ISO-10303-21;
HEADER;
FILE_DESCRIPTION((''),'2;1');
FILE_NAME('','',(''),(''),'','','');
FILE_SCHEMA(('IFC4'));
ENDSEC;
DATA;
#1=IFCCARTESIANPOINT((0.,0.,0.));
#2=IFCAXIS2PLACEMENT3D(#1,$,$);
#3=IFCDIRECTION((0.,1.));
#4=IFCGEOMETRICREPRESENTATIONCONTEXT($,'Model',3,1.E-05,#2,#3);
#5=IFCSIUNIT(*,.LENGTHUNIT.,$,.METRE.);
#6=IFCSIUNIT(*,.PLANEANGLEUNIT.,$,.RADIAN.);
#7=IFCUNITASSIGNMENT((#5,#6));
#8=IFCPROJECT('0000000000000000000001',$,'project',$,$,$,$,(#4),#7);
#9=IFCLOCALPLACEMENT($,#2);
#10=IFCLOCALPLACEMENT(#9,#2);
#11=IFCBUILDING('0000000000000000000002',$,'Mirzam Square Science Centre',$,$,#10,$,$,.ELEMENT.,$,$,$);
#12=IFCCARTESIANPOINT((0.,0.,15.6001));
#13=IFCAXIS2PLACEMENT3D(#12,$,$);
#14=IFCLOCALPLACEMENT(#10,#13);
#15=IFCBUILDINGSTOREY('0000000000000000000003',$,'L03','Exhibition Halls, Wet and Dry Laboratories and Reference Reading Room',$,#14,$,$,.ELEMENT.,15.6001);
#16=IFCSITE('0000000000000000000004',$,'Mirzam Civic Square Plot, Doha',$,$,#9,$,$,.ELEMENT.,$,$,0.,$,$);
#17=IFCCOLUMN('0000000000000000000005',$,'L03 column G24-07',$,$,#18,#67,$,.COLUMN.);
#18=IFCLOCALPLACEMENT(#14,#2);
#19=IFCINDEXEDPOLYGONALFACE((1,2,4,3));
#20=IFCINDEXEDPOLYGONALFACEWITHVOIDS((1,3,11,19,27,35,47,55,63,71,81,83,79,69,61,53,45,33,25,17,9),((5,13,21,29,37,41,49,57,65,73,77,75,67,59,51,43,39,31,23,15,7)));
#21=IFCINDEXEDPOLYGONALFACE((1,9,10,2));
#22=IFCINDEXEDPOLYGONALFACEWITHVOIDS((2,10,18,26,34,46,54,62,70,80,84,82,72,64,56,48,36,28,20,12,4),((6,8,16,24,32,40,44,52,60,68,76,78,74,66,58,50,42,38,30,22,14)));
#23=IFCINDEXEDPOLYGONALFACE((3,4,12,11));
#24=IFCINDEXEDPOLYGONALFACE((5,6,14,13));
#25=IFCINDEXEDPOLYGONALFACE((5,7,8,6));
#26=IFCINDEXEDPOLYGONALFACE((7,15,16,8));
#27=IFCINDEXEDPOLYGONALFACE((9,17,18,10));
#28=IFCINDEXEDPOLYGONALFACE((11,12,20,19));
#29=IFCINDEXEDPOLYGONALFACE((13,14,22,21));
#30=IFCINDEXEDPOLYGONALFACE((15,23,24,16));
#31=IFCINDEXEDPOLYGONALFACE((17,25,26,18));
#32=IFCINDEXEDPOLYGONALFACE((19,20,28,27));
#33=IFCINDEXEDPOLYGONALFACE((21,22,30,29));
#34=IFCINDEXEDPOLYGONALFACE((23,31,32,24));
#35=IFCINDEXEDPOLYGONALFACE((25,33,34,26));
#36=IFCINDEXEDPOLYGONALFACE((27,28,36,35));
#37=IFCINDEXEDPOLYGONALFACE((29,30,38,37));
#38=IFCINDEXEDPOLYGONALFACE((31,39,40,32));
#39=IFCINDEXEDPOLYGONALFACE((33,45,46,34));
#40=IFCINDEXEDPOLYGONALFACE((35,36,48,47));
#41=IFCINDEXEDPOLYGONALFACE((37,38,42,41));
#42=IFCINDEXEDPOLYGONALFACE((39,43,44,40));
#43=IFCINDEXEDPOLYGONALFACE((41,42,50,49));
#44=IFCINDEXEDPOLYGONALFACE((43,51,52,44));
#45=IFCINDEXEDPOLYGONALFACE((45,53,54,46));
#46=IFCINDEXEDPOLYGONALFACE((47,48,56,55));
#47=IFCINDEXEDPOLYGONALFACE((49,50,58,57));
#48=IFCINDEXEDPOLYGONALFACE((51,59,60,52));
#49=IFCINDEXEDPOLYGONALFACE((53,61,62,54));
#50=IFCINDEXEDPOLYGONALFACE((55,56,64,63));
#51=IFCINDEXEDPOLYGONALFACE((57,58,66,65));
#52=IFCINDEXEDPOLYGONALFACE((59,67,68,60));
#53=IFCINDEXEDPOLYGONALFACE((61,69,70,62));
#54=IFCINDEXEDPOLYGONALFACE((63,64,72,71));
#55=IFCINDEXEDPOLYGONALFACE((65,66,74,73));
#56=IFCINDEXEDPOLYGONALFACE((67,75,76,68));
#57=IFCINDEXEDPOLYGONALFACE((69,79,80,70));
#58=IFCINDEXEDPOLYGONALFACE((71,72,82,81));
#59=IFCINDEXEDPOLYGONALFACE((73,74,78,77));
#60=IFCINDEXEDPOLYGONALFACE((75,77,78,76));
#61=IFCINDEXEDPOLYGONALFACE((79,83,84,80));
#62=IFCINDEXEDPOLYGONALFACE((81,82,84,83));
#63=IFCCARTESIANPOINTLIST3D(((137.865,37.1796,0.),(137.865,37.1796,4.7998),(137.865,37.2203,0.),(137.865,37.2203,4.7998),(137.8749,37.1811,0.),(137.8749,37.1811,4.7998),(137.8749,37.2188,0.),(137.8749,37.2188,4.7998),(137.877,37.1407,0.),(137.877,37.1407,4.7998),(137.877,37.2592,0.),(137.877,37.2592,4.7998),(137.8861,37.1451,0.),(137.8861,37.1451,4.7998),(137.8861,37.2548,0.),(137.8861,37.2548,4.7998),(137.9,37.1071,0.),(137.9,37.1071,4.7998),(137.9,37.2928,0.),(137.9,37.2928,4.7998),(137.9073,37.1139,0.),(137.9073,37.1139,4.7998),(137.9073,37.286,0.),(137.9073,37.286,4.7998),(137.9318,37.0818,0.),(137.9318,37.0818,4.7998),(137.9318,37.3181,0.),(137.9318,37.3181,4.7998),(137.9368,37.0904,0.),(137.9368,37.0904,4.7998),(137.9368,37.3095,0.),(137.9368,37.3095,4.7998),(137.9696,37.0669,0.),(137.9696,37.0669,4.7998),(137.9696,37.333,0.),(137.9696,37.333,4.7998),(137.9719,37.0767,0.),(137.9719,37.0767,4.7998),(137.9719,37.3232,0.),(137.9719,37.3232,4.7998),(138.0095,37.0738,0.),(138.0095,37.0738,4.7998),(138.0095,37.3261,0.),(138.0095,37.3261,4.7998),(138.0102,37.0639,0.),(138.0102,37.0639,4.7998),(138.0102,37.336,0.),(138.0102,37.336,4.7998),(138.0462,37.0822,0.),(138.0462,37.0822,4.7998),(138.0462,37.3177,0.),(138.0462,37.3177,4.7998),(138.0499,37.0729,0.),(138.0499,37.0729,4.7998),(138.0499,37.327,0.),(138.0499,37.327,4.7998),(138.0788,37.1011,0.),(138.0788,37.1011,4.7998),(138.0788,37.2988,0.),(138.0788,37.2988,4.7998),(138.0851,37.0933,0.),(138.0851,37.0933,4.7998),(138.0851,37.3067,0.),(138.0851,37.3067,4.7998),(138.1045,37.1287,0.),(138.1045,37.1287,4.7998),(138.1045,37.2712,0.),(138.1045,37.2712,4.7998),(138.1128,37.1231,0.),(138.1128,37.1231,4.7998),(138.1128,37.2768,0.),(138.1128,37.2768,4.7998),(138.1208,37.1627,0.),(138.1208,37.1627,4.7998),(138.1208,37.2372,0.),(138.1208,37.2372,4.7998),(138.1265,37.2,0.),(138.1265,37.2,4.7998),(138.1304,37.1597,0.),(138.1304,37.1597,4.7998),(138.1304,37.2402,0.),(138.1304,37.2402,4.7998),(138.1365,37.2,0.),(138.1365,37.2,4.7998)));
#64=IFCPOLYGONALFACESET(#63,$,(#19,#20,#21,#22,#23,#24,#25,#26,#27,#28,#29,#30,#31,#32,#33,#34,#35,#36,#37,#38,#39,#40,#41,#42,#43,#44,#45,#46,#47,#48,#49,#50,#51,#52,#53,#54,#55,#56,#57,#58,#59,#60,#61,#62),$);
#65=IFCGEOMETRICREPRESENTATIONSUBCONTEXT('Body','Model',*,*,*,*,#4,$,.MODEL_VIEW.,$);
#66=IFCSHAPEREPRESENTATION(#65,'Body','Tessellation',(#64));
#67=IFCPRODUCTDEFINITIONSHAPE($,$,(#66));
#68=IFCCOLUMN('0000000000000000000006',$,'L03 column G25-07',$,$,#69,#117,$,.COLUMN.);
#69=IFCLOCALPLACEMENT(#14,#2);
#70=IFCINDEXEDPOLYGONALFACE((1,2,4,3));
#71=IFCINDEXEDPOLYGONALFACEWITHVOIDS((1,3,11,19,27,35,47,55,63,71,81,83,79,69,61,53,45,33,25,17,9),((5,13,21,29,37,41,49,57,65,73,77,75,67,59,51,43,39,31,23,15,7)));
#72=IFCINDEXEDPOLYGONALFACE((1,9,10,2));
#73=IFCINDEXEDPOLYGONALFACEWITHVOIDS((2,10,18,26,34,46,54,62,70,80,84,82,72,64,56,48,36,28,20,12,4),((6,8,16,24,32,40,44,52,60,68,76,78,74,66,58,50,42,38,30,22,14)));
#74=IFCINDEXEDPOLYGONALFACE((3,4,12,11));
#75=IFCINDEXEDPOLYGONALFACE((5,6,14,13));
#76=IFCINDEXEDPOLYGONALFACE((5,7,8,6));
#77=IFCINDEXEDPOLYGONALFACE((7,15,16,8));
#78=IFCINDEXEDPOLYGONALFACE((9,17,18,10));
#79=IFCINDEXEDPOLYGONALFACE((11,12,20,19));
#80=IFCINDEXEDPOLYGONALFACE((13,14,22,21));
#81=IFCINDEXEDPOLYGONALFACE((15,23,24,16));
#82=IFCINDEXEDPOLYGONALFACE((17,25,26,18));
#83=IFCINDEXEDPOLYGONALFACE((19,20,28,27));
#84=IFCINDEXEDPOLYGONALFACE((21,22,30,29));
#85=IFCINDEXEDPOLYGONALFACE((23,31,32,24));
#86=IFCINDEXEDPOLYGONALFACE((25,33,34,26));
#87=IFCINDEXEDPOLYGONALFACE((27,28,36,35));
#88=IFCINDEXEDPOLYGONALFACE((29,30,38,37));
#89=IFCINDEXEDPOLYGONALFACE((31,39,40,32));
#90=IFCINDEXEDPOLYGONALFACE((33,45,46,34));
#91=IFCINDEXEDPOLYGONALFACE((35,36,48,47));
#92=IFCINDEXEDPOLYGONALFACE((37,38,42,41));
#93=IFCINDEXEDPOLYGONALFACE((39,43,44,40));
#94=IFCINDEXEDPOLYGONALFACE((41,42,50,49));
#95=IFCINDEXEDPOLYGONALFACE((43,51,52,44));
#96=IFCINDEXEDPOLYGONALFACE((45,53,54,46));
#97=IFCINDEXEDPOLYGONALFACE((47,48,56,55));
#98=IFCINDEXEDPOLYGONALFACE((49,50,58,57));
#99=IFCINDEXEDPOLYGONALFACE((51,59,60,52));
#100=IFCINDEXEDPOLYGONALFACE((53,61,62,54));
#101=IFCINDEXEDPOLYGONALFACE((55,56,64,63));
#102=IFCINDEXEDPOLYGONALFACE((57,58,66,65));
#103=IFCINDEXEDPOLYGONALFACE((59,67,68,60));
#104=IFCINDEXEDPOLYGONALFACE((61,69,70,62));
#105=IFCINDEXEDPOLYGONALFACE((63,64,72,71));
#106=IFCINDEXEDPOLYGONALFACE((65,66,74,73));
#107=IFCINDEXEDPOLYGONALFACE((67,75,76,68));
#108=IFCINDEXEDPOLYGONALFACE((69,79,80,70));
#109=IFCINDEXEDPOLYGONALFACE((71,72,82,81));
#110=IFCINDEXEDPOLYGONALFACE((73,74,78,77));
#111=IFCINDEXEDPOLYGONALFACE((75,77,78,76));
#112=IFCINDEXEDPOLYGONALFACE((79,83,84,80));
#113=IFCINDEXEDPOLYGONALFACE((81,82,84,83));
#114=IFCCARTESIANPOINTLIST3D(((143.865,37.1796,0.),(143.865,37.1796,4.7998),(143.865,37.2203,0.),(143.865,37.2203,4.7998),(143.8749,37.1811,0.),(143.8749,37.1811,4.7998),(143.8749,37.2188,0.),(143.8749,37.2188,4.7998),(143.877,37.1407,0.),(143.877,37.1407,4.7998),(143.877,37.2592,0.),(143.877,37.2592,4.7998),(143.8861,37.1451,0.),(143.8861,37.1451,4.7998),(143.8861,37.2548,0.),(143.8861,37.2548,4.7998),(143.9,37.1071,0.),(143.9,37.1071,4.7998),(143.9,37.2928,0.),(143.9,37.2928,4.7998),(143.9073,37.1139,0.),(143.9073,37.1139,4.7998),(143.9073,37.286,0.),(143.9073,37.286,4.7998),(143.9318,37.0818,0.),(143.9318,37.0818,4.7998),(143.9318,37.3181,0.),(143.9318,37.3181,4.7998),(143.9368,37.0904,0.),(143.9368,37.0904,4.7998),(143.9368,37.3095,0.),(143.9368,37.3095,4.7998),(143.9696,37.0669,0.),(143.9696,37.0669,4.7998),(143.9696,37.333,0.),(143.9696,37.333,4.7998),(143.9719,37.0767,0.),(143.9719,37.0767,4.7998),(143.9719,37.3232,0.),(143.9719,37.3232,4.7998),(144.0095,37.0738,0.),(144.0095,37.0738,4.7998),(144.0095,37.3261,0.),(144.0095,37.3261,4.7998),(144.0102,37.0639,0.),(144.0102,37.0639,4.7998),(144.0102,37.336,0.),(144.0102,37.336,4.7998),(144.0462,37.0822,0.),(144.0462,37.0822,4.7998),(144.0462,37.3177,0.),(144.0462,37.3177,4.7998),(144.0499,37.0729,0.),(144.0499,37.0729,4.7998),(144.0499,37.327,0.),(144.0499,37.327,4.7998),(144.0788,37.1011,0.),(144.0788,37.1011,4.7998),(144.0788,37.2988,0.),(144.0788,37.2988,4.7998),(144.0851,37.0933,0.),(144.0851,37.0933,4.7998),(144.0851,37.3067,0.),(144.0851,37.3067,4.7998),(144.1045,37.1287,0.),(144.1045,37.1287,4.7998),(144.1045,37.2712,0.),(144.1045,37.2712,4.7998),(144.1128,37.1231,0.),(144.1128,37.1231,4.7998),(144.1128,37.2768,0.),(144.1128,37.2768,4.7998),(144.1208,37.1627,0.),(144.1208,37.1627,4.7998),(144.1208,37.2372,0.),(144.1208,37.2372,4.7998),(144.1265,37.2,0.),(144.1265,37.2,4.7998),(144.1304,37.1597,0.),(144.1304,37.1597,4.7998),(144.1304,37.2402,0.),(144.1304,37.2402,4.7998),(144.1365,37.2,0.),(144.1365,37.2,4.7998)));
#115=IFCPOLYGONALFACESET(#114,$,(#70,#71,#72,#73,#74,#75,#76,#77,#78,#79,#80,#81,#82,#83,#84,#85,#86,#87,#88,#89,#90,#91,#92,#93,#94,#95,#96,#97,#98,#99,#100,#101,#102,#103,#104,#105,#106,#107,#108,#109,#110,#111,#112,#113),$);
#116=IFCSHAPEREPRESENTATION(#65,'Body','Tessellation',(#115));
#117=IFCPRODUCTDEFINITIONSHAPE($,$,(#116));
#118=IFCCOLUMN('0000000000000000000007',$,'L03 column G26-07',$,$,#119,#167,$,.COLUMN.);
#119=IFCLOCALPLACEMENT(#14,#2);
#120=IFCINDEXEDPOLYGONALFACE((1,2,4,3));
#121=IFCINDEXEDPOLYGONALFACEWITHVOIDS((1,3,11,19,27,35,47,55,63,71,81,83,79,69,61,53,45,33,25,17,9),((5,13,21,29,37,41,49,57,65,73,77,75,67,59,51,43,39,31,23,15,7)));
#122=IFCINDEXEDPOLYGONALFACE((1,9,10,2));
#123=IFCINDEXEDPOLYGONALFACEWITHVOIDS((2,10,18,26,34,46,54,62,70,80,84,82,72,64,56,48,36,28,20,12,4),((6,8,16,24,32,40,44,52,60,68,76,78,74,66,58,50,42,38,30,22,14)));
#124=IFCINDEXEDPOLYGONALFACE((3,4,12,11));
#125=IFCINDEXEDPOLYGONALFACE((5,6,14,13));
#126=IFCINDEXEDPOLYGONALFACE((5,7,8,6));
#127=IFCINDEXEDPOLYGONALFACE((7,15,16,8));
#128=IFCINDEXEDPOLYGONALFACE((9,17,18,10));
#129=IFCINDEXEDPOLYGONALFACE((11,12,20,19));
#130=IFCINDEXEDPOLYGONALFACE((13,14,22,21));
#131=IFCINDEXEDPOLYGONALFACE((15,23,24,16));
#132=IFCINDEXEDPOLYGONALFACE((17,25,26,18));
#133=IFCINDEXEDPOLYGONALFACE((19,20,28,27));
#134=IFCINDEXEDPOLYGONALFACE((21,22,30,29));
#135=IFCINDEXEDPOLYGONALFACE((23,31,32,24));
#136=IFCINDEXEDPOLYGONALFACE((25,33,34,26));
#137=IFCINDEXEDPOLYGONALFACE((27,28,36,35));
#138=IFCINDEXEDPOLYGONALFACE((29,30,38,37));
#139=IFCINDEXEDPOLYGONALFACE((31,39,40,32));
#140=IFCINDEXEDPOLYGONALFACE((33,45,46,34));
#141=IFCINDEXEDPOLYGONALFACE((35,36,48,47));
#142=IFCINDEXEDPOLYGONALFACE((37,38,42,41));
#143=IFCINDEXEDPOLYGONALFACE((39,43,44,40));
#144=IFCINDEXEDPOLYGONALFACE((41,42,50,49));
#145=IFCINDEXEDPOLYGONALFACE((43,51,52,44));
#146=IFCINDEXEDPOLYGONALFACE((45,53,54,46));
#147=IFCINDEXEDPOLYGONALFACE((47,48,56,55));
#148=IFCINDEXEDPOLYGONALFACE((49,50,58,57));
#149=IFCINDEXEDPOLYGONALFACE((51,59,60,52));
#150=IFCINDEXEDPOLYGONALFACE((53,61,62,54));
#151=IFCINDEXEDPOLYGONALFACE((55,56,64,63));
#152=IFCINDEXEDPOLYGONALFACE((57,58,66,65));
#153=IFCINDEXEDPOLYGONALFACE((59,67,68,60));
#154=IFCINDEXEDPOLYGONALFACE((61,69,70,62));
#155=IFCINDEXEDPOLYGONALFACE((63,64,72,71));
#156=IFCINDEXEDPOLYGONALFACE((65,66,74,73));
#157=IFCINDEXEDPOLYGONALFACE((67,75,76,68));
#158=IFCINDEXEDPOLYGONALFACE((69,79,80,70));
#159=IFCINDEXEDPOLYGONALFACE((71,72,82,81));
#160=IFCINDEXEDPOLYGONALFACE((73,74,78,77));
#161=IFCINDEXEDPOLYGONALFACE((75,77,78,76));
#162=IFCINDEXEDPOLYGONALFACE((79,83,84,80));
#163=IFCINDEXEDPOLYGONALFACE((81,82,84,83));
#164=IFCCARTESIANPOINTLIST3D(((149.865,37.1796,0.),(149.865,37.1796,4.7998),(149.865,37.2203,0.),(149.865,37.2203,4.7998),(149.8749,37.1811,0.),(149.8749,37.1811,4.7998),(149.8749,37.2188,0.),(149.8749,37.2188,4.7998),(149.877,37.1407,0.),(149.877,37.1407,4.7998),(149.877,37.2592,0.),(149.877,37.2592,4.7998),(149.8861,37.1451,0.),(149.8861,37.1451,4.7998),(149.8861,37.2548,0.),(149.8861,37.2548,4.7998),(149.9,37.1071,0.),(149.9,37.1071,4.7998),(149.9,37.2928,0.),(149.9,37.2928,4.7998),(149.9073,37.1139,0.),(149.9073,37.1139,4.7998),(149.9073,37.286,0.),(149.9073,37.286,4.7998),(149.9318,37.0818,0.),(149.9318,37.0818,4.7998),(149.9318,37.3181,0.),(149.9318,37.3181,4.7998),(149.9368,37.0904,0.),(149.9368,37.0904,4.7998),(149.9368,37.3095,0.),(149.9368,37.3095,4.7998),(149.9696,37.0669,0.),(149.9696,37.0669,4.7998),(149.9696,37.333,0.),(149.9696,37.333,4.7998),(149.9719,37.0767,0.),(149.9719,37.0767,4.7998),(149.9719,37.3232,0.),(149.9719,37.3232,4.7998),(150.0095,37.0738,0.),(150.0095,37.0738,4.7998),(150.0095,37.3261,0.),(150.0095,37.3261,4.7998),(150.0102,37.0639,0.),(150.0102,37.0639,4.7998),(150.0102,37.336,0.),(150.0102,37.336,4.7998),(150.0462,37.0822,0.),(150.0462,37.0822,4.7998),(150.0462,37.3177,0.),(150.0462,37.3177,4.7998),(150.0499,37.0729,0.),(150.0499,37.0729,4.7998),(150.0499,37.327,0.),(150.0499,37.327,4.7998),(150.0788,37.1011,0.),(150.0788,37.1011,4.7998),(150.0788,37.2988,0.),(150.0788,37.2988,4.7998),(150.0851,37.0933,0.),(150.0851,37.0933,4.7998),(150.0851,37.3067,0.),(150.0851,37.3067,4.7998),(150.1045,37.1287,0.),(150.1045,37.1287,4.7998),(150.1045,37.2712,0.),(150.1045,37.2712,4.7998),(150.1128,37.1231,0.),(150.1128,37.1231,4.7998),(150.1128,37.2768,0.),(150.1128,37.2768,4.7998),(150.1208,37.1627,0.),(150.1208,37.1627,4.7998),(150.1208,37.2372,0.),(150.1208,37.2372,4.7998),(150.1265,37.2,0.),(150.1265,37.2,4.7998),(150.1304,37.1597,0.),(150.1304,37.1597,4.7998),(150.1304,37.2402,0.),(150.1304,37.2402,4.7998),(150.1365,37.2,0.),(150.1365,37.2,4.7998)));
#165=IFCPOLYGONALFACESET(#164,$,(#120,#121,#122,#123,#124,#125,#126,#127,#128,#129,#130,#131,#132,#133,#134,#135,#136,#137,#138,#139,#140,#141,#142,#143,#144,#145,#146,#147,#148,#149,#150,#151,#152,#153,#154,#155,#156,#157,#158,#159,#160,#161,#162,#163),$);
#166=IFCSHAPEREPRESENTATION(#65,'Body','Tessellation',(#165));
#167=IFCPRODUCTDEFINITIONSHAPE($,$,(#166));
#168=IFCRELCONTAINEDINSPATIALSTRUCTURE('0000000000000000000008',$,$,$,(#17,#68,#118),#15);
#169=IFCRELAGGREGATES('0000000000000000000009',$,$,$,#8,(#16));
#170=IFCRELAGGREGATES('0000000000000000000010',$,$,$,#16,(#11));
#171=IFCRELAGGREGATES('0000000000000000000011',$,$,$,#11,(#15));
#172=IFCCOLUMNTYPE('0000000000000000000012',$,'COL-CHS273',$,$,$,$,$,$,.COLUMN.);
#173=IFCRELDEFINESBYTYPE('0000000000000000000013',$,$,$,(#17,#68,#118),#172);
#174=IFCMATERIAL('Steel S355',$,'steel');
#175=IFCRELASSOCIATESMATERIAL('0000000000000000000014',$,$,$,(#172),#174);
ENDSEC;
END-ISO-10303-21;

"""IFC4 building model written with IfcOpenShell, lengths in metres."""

from ifc_helpers import new_model, si_unit, direction, frame, origin, origin_2d, place, context, subcontext, project, spatial, hollow_circle, extrude, material, material_profile, profile_set, type_object, element, save


model = new_model("IFC4")

# Units and contexts
model_context = context("Model", 3, precision=1e-05, world=origin(), true_north=direction((0.0, 1.0)))
body_context = subcontext(model_context, "Body", "Model", "MODEL_VIEW")
ifc_project = project(units=[si_unit("LENGTHUNIT", "METRE"), si_unit("PLANEANGLEUNIT", "RADIAN")], contexts=[model_context])

# Site, building, storey
site_placement = place(None, origin())
site = spatial("IfcSite", under=ifc_project, at=site_placement, Name="Mirzam Civic Square Plot, Doha", CompositionType="ELEMENT", RefElevation=0.0)
building_placement = place(site_placement, origin())
building = spatial("IfcBuilding", under=site, at=building_placement, Name="Mirzam Square Science Centre", CompositionType="ELEMENT")
storey_placement = place(building_placement, frame((0.0, 0.0, 15.6001)))
storey = spatial("IfcBuildingStorey", under=building, at=storey_placement, Name="L03", Description="Exhibition Halls, Wet and Dry Laboratories and Reference Reading Room", CompositionType="ELEMENT", Elevation=15.6001)

# Columns
ifc_material_1 = material(Name="Steel S355", Category="steel")
ifc_material_profile_1 = material_profile(ifc_material_1, hollow_circle(Radius=0.1365, WallThickness=0.01, at=origin_2d()), Name="273.0x10.0CHS")
ifc_profile_set_1 = profile_set([ifc_material_profile_1], Name="Steel S355")
column_type = type_object("IfcColumnType", Name="COL-CHS273", PredefinedType="COLUMN", material=ifc_profile_set_1)
for number, where, z_axis, x_axis, name in (
    (1, (138.0, 37.2, 0.0), (0.0, 0.0, 1.0), (1.0, 0.0, 0.0), "L03 column G24-07"),
    (2, (144.0, 37.2, 0.0), (0.0, 0.0, 1.0), (1.0, 0.0, 0.0), "L03 column G25-07"),
    (3, (150.0, 37.2, 0.0), (0.0, 0.0, 1.0), (1.0, 0.0, 0.0), "L03 column G26-07"),
):
    element("IfcColumn", number, at=place(storey_placement, frame(where, z_axis=z_axis, x_axis=x_axis)), inside=storey, type_object=column_type, Name=name, PredefinedType="COLUMN", context=body_context, shape_type="SweptSolid", body=[
        extrude(hollow_circle(Radius=0.1365, WallThickness=0.01, at=origin_2d()), origin(), (0.0, 0.0, 1.0), 4.7998),
    ])

save(model, "model.ifc")
